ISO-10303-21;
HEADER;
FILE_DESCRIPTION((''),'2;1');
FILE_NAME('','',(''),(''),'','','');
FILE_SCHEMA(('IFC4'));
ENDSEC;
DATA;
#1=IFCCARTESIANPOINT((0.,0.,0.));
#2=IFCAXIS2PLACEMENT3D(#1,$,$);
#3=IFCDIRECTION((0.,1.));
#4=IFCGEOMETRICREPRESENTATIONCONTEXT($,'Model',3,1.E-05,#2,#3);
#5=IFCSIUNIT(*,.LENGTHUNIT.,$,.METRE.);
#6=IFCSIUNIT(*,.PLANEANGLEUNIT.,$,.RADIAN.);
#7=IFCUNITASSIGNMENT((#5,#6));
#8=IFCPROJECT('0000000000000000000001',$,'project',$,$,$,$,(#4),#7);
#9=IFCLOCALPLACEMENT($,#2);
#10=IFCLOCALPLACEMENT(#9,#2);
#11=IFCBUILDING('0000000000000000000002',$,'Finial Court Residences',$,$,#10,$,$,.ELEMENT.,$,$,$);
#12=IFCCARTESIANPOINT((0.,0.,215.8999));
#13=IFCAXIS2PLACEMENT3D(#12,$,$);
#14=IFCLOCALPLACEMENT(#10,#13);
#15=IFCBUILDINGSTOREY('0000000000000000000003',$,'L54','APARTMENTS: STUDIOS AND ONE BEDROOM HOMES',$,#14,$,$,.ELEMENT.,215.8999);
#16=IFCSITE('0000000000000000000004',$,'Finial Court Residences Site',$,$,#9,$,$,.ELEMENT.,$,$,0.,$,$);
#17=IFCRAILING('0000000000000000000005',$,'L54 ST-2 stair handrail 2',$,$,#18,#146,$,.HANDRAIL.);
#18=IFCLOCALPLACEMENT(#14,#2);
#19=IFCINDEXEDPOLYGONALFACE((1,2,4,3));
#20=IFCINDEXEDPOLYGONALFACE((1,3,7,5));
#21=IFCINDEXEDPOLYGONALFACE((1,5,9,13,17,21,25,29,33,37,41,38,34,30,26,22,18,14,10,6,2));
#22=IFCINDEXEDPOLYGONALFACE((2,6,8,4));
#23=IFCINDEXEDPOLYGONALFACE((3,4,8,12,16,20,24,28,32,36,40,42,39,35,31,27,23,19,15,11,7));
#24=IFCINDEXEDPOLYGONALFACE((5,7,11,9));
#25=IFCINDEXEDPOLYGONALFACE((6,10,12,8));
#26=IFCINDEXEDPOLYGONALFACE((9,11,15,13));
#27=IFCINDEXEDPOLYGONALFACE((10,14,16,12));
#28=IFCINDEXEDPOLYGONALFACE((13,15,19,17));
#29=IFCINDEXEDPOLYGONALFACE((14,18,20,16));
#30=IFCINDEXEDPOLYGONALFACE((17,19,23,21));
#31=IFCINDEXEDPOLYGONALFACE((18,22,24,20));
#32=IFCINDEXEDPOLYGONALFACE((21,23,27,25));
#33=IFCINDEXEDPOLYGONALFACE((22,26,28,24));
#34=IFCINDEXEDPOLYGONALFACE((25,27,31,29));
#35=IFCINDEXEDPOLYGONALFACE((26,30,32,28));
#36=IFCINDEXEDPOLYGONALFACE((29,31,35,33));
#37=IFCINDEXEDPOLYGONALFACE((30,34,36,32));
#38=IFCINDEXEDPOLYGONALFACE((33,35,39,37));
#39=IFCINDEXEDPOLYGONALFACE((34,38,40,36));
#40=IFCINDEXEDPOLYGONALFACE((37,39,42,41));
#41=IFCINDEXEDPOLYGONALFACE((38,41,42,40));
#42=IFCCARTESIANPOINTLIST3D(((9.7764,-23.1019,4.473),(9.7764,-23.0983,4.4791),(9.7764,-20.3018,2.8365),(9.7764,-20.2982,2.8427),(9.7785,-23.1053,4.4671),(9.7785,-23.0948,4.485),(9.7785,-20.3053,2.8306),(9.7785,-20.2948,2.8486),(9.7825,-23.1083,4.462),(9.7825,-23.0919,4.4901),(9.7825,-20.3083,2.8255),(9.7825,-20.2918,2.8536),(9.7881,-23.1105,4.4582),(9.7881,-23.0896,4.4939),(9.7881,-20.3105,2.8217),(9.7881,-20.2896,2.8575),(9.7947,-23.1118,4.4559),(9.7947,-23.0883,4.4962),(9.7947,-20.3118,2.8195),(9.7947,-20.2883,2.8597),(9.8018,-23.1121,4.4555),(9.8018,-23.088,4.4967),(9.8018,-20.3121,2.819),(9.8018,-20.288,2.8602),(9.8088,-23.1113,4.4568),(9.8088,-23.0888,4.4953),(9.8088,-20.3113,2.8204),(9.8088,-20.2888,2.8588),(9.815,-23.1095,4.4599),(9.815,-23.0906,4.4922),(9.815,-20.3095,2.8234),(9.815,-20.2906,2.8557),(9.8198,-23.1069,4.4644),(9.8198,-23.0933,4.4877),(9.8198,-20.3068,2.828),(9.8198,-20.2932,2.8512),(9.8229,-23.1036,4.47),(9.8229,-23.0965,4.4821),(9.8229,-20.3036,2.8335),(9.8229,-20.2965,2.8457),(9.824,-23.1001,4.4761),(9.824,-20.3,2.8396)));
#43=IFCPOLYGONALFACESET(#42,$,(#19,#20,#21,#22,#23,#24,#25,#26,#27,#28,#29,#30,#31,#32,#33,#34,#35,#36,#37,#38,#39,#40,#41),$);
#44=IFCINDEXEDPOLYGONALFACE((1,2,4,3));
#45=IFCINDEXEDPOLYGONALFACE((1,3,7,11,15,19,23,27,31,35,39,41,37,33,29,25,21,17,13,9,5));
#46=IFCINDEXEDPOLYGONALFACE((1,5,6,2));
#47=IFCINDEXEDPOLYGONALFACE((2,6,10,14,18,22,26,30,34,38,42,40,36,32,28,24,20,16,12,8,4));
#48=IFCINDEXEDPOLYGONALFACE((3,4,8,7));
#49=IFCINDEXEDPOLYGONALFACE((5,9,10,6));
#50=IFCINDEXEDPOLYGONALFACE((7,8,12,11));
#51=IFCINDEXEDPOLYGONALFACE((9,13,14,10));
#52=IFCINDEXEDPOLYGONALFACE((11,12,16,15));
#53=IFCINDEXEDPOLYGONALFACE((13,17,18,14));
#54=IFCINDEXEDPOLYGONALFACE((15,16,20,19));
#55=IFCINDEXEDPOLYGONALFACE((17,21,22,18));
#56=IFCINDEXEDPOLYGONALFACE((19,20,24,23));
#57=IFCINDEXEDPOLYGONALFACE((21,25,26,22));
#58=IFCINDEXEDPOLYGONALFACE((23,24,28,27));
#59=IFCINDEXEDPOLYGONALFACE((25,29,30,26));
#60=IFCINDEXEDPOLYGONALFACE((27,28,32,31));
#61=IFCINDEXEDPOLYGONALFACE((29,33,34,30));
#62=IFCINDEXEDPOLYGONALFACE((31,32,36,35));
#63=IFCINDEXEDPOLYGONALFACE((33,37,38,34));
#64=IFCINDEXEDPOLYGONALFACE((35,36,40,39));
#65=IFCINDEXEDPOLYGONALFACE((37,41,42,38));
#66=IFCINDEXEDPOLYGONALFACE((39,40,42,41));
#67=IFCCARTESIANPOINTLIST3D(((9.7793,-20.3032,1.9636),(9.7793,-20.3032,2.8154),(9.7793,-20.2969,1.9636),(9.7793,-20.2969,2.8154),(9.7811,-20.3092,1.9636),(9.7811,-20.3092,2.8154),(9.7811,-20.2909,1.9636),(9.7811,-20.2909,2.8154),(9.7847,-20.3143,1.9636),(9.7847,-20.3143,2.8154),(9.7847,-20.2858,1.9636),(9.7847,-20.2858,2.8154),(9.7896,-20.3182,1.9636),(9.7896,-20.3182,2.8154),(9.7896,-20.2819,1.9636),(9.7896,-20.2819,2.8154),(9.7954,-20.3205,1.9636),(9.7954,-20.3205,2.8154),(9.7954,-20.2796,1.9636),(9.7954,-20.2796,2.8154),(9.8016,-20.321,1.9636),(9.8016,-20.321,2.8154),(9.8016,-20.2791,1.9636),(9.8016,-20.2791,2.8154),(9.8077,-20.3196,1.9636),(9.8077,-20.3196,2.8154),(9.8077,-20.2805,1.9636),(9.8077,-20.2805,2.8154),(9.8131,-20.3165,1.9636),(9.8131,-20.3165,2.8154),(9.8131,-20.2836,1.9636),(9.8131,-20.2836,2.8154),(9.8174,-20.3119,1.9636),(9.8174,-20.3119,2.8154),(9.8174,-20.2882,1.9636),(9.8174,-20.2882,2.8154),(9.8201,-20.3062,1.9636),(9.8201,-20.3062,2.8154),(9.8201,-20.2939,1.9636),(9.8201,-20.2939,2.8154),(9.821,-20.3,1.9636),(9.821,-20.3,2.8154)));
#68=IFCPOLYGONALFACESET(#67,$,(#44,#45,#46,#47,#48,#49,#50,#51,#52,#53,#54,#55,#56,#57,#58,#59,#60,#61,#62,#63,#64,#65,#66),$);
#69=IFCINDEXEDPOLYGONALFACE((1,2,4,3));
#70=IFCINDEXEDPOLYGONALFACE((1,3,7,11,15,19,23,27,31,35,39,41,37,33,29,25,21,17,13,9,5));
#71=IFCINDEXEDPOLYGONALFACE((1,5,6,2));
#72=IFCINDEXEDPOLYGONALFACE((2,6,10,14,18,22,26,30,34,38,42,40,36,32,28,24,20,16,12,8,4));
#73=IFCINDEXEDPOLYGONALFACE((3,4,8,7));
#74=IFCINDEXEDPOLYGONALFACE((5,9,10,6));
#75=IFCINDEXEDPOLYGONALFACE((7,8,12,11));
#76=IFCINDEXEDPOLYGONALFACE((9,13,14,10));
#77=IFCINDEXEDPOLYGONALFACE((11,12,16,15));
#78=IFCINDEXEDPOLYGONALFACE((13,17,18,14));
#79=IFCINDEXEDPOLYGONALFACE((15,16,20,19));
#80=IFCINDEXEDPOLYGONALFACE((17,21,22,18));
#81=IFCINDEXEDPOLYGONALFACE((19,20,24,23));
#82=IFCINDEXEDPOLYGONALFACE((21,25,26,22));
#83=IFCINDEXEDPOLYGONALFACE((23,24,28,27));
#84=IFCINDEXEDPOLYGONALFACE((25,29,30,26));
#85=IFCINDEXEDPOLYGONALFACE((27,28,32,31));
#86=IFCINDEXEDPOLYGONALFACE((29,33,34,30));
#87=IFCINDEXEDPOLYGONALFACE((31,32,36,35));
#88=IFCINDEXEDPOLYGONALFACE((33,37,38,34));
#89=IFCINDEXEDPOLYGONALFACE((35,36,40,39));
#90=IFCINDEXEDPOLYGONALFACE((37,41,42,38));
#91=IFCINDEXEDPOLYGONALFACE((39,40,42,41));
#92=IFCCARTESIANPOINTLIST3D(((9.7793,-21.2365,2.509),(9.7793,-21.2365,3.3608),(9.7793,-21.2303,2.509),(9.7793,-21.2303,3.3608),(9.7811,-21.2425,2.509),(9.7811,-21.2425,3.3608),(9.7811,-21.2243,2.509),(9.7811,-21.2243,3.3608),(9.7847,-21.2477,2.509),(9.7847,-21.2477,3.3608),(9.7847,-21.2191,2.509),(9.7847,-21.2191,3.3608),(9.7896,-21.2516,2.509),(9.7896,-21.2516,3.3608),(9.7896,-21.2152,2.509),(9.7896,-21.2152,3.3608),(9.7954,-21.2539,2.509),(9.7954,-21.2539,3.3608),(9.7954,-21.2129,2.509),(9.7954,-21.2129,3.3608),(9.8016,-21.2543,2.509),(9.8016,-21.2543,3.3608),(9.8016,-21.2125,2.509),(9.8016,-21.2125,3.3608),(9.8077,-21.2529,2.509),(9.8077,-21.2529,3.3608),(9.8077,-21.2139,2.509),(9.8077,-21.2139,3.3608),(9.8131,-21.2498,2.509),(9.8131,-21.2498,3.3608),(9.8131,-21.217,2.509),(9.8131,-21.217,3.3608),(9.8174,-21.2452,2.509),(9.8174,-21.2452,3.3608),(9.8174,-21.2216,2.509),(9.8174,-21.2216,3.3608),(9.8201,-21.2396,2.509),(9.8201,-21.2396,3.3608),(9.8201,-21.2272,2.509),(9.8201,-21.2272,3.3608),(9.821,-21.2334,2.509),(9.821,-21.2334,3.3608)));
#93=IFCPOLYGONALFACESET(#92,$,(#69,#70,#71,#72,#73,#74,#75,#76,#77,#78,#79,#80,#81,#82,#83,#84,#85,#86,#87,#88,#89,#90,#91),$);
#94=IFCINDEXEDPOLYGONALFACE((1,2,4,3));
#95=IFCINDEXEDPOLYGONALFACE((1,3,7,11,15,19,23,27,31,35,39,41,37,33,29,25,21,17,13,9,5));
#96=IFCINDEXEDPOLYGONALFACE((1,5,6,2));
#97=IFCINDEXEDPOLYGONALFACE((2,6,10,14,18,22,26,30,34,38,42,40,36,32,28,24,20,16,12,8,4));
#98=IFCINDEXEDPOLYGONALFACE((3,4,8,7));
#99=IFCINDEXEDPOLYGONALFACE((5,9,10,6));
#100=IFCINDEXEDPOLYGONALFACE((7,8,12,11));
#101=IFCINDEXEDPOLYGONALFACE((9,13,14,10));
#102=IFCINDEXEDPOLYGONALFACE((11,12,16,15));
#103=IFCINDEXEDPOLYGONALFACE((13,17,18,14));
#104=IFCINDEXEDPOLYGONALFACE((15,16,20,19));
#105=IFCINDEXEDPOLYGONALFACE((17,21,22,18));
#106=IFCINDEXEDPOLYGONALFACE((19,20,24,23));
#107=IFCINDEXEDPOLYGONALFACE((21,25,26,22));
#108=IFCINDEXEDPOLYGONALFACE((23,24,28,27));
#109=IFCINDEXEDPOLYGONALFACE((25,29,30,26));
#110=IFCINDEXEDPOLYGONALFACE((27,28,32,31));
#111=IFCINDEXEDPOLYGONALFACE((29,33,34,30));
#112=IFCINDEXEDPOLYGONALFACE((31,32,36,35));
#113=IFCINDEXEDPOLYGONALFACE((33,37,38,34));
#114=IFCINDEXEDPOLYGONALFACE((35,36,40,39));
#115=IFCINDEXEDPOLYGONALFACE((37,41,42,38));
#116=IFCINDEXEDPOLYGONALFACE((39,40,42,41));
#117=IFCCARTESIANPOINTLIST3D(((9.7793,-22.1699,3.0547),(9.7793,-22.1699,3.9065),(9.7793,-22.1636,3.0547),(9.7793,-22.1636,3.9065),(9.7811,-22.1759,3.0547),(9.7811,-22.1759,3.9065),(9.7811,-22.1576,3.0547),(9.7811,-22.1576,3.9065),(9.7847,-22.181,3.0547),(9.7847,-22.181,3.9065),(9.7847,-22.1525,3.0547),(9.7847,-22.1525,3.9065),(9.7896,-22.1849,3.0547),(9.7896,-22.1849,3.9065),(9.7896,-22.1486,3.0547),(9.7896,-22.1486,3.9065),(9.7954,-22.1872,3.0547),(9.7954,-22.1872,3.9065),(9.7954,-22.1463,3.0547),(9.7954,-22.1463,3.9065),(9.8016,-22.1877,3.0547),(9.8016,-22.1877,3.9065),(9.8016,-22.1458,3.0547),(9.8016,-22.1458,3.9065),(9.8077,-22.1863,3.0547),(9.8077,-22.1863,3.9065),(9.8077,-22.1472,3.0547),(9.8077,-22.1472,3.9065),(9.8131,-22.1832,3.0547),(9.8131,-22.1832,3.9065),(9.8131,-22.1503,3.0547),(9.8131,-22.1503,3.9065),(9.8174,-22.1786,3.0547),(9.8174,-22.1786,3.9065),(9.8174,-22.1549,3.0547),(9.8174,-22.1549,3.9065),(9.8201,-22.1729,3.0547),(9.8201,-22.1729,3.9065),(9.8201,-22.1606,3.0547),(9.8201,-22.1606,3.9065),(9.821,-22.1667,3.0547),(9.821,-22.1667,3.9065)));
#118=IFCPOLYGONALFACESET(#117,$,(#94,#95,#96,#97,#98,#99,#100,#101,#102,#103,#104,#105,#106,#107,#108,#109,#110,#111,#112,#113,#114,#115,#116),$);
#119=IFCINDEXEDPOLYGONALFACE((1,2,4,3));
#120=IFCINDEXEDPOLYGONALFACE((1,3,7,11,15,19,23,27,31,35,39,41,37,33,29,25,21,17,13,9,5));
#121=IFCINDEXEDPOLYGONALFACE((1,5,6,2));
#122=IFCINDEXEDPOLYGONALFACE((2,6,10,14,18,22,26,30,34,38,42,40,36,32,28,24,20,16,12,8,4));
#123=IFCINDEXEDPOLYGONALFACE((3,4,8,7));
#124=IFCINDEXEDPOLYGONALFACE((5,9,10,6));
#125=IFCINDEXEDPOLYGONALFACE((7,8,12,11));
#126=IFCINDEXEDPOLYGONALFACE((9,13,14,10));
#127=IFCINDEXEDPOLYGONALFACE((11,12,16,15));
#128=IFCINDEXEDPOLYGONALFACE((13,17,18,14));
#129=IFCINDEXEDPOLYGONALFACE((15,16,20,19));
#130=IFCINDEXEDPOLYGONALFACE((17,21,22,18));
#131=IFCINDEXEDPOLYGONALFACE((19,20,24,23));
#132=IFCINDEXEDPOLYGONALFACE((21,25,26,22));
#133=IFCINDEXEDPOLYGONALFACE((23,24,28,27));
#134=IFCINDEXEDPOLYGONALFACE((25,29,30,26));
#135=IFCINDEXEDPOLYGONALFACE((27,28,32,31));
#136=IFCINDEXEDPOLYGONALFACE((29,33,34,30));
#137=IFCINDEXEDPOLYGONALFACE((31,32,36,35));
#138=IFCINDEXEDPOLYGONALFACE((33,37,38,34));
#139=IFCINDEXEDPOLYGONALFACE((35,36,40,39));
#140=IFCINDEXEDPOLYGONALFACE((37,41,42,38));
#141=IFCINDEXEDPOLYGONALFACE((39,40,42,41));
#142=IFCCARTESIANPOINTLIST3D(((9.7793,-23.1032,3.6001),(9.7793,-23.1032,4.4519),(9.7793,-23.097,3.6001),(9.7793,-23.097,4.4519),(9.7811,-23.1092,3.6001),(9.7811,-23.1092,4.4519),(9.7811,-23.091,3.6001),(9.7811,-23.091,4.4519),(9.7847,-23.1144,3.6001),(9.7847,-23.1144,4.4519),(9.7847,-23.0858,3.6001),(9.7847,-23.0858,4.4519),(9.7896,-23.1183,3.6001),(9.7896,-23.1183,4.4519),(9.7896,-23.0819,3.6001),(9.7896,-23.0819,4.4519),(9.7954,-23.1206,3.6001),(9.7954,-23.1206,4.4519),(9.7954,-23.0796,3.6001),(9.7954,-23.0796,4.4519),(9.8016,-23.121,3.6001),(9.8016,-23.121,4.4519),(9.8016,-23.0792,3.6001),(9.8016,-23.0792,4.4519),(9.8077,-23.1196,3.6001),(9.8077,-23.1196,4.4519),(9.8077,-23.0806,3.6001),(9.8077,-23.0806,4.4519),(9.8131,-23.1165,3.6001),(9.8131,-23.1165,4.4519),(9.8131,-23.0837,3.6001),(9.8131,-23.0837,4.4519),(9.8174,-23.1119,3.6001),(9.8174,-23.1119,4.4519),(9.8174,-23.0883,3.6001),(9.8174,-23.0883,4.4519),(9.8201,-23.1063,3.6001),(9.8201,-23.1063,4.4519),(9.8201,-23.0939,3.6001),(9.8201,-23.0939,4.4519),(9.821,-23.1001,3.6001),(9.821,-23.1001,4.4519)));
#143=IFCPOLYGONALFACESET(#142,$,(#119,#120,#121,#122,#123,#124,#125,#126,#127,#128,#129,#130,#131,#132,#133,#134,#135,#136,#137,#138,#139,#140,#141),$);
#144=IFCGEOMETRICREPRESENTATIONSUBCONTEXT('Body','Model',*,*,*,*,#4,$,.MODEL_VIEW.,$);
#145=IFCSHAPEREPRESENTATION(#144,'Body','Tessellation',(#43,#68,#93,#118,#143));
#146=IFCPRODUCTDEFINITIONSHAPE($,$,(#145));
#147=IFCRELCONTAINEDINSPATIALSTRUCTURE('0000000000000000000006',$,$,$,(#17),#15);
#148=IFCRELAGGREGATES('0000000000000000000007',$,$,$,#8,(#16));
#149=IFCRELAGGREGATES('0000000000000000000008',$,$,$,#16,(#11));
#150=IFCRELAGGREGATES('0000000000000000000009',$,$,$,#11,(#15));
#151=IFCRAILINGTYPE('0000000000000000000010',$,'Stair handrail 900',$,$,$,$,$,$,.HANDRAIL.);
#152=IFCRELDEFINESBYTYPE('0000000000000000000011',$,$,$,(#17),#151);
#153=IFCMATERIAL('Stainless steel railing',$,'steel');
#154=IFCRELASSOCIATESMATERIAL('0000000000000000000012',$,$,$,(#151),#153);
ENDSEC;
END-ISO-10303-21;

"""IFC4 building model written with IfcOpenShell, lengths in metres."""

from ifc_helpers import new_model, si_unit, direction, frame, origin, origin_2d, place, context, subcontext, project, spatial, circle, extrude, material, type_object, element, save


model = new_model("IFC4")

# Units and contexts
model_context = context("Model", 3, precision=1e-05, world=origin(), true_north=direction((0.0, 1.0)))
body_context = subcontext(model_context, "Body", "Model", "MODEL_VIEW")
ifc_project = project(units=[si_unit("LENGTHUNIT", "METRE"), si_unit("PLANEANGLEUNIT", "RADIAN")], contexts=[model_context])

# Site, building, storey
site_placement = place(None, origin())
site = spatial("IfcSite", under=ifc_project, at=site_placement, Name="Finial Court Residences Site", CompositionType="ELEMENT", RefElevation=0.0)
building_placement = place(site_placement, origin())
building = spatial("IfcBuilding", under=site, at=building_placement, Name="Finial Court Residences", CompositionType="ELEMENT")
storey_placement = place(building_placement, frame((0.0, 0.0, 215.8999)))
storey = spatial("IfcBuildingStorey", under=building, at=storey_placement, Name="L54", Description="APARTMENTS: STUDIOS AND ONE BEDROOM HOMES", CompositionType="ELEMENT", Elevation=215.8999)

# Railing
ifc_material_1 = material(Name="Stainless steel railing", Category="steel")
railing_type_1 = type_object("IfcRailingType", Name="Stair handrail 900", PredefinedType="HANDRAIL", material=ifc_material_1)
railing_1_placement = place(storey_placement, frame((9.8, -20.3, 1.9636)))
element("IfcRailing", 1, at=railing_1_placement, inside=storey, type_object=railing_type_1, Name="L54 ST-2 stair handrail 2", PredefinedType="HANDRAIL", context=body_context, shape_type="SweptSolid", body=[
    extrude(circle(Radius=0.0239, at=origin_2d()), frame((0.0, 0.0, 0.876), z_axis=(0.0, -0.863361, 0.504587), x_axis=(1.0, 0.0, 0.0)), (0.0, 0.0, 1.0), 3.2432),
    extrude(circle(Radius=0.021, at=origin_2d()), origin(), (0.0, 0.0, 1.0), 0.8518),
    extrude(circle(Radius=0.021, at=origin_2d()), frame((0.0, -0.9333, 0.5454)), (0.0, 0.0, 1.0), 0.8518),
    extrude(circle(Radius=0.021, at=origin_2d()), frame((0.0, -1.8667, 1.0911)), (0.0, 0.0, 1.0), 0.8518),
    extrude(circle(Radius=0.021, at=origin_2d()), frame((0.0, -2.8, 1.6365)), (0.0, 0.0, 1.0), 0.8518),
])

save(model, "model.ifc")
